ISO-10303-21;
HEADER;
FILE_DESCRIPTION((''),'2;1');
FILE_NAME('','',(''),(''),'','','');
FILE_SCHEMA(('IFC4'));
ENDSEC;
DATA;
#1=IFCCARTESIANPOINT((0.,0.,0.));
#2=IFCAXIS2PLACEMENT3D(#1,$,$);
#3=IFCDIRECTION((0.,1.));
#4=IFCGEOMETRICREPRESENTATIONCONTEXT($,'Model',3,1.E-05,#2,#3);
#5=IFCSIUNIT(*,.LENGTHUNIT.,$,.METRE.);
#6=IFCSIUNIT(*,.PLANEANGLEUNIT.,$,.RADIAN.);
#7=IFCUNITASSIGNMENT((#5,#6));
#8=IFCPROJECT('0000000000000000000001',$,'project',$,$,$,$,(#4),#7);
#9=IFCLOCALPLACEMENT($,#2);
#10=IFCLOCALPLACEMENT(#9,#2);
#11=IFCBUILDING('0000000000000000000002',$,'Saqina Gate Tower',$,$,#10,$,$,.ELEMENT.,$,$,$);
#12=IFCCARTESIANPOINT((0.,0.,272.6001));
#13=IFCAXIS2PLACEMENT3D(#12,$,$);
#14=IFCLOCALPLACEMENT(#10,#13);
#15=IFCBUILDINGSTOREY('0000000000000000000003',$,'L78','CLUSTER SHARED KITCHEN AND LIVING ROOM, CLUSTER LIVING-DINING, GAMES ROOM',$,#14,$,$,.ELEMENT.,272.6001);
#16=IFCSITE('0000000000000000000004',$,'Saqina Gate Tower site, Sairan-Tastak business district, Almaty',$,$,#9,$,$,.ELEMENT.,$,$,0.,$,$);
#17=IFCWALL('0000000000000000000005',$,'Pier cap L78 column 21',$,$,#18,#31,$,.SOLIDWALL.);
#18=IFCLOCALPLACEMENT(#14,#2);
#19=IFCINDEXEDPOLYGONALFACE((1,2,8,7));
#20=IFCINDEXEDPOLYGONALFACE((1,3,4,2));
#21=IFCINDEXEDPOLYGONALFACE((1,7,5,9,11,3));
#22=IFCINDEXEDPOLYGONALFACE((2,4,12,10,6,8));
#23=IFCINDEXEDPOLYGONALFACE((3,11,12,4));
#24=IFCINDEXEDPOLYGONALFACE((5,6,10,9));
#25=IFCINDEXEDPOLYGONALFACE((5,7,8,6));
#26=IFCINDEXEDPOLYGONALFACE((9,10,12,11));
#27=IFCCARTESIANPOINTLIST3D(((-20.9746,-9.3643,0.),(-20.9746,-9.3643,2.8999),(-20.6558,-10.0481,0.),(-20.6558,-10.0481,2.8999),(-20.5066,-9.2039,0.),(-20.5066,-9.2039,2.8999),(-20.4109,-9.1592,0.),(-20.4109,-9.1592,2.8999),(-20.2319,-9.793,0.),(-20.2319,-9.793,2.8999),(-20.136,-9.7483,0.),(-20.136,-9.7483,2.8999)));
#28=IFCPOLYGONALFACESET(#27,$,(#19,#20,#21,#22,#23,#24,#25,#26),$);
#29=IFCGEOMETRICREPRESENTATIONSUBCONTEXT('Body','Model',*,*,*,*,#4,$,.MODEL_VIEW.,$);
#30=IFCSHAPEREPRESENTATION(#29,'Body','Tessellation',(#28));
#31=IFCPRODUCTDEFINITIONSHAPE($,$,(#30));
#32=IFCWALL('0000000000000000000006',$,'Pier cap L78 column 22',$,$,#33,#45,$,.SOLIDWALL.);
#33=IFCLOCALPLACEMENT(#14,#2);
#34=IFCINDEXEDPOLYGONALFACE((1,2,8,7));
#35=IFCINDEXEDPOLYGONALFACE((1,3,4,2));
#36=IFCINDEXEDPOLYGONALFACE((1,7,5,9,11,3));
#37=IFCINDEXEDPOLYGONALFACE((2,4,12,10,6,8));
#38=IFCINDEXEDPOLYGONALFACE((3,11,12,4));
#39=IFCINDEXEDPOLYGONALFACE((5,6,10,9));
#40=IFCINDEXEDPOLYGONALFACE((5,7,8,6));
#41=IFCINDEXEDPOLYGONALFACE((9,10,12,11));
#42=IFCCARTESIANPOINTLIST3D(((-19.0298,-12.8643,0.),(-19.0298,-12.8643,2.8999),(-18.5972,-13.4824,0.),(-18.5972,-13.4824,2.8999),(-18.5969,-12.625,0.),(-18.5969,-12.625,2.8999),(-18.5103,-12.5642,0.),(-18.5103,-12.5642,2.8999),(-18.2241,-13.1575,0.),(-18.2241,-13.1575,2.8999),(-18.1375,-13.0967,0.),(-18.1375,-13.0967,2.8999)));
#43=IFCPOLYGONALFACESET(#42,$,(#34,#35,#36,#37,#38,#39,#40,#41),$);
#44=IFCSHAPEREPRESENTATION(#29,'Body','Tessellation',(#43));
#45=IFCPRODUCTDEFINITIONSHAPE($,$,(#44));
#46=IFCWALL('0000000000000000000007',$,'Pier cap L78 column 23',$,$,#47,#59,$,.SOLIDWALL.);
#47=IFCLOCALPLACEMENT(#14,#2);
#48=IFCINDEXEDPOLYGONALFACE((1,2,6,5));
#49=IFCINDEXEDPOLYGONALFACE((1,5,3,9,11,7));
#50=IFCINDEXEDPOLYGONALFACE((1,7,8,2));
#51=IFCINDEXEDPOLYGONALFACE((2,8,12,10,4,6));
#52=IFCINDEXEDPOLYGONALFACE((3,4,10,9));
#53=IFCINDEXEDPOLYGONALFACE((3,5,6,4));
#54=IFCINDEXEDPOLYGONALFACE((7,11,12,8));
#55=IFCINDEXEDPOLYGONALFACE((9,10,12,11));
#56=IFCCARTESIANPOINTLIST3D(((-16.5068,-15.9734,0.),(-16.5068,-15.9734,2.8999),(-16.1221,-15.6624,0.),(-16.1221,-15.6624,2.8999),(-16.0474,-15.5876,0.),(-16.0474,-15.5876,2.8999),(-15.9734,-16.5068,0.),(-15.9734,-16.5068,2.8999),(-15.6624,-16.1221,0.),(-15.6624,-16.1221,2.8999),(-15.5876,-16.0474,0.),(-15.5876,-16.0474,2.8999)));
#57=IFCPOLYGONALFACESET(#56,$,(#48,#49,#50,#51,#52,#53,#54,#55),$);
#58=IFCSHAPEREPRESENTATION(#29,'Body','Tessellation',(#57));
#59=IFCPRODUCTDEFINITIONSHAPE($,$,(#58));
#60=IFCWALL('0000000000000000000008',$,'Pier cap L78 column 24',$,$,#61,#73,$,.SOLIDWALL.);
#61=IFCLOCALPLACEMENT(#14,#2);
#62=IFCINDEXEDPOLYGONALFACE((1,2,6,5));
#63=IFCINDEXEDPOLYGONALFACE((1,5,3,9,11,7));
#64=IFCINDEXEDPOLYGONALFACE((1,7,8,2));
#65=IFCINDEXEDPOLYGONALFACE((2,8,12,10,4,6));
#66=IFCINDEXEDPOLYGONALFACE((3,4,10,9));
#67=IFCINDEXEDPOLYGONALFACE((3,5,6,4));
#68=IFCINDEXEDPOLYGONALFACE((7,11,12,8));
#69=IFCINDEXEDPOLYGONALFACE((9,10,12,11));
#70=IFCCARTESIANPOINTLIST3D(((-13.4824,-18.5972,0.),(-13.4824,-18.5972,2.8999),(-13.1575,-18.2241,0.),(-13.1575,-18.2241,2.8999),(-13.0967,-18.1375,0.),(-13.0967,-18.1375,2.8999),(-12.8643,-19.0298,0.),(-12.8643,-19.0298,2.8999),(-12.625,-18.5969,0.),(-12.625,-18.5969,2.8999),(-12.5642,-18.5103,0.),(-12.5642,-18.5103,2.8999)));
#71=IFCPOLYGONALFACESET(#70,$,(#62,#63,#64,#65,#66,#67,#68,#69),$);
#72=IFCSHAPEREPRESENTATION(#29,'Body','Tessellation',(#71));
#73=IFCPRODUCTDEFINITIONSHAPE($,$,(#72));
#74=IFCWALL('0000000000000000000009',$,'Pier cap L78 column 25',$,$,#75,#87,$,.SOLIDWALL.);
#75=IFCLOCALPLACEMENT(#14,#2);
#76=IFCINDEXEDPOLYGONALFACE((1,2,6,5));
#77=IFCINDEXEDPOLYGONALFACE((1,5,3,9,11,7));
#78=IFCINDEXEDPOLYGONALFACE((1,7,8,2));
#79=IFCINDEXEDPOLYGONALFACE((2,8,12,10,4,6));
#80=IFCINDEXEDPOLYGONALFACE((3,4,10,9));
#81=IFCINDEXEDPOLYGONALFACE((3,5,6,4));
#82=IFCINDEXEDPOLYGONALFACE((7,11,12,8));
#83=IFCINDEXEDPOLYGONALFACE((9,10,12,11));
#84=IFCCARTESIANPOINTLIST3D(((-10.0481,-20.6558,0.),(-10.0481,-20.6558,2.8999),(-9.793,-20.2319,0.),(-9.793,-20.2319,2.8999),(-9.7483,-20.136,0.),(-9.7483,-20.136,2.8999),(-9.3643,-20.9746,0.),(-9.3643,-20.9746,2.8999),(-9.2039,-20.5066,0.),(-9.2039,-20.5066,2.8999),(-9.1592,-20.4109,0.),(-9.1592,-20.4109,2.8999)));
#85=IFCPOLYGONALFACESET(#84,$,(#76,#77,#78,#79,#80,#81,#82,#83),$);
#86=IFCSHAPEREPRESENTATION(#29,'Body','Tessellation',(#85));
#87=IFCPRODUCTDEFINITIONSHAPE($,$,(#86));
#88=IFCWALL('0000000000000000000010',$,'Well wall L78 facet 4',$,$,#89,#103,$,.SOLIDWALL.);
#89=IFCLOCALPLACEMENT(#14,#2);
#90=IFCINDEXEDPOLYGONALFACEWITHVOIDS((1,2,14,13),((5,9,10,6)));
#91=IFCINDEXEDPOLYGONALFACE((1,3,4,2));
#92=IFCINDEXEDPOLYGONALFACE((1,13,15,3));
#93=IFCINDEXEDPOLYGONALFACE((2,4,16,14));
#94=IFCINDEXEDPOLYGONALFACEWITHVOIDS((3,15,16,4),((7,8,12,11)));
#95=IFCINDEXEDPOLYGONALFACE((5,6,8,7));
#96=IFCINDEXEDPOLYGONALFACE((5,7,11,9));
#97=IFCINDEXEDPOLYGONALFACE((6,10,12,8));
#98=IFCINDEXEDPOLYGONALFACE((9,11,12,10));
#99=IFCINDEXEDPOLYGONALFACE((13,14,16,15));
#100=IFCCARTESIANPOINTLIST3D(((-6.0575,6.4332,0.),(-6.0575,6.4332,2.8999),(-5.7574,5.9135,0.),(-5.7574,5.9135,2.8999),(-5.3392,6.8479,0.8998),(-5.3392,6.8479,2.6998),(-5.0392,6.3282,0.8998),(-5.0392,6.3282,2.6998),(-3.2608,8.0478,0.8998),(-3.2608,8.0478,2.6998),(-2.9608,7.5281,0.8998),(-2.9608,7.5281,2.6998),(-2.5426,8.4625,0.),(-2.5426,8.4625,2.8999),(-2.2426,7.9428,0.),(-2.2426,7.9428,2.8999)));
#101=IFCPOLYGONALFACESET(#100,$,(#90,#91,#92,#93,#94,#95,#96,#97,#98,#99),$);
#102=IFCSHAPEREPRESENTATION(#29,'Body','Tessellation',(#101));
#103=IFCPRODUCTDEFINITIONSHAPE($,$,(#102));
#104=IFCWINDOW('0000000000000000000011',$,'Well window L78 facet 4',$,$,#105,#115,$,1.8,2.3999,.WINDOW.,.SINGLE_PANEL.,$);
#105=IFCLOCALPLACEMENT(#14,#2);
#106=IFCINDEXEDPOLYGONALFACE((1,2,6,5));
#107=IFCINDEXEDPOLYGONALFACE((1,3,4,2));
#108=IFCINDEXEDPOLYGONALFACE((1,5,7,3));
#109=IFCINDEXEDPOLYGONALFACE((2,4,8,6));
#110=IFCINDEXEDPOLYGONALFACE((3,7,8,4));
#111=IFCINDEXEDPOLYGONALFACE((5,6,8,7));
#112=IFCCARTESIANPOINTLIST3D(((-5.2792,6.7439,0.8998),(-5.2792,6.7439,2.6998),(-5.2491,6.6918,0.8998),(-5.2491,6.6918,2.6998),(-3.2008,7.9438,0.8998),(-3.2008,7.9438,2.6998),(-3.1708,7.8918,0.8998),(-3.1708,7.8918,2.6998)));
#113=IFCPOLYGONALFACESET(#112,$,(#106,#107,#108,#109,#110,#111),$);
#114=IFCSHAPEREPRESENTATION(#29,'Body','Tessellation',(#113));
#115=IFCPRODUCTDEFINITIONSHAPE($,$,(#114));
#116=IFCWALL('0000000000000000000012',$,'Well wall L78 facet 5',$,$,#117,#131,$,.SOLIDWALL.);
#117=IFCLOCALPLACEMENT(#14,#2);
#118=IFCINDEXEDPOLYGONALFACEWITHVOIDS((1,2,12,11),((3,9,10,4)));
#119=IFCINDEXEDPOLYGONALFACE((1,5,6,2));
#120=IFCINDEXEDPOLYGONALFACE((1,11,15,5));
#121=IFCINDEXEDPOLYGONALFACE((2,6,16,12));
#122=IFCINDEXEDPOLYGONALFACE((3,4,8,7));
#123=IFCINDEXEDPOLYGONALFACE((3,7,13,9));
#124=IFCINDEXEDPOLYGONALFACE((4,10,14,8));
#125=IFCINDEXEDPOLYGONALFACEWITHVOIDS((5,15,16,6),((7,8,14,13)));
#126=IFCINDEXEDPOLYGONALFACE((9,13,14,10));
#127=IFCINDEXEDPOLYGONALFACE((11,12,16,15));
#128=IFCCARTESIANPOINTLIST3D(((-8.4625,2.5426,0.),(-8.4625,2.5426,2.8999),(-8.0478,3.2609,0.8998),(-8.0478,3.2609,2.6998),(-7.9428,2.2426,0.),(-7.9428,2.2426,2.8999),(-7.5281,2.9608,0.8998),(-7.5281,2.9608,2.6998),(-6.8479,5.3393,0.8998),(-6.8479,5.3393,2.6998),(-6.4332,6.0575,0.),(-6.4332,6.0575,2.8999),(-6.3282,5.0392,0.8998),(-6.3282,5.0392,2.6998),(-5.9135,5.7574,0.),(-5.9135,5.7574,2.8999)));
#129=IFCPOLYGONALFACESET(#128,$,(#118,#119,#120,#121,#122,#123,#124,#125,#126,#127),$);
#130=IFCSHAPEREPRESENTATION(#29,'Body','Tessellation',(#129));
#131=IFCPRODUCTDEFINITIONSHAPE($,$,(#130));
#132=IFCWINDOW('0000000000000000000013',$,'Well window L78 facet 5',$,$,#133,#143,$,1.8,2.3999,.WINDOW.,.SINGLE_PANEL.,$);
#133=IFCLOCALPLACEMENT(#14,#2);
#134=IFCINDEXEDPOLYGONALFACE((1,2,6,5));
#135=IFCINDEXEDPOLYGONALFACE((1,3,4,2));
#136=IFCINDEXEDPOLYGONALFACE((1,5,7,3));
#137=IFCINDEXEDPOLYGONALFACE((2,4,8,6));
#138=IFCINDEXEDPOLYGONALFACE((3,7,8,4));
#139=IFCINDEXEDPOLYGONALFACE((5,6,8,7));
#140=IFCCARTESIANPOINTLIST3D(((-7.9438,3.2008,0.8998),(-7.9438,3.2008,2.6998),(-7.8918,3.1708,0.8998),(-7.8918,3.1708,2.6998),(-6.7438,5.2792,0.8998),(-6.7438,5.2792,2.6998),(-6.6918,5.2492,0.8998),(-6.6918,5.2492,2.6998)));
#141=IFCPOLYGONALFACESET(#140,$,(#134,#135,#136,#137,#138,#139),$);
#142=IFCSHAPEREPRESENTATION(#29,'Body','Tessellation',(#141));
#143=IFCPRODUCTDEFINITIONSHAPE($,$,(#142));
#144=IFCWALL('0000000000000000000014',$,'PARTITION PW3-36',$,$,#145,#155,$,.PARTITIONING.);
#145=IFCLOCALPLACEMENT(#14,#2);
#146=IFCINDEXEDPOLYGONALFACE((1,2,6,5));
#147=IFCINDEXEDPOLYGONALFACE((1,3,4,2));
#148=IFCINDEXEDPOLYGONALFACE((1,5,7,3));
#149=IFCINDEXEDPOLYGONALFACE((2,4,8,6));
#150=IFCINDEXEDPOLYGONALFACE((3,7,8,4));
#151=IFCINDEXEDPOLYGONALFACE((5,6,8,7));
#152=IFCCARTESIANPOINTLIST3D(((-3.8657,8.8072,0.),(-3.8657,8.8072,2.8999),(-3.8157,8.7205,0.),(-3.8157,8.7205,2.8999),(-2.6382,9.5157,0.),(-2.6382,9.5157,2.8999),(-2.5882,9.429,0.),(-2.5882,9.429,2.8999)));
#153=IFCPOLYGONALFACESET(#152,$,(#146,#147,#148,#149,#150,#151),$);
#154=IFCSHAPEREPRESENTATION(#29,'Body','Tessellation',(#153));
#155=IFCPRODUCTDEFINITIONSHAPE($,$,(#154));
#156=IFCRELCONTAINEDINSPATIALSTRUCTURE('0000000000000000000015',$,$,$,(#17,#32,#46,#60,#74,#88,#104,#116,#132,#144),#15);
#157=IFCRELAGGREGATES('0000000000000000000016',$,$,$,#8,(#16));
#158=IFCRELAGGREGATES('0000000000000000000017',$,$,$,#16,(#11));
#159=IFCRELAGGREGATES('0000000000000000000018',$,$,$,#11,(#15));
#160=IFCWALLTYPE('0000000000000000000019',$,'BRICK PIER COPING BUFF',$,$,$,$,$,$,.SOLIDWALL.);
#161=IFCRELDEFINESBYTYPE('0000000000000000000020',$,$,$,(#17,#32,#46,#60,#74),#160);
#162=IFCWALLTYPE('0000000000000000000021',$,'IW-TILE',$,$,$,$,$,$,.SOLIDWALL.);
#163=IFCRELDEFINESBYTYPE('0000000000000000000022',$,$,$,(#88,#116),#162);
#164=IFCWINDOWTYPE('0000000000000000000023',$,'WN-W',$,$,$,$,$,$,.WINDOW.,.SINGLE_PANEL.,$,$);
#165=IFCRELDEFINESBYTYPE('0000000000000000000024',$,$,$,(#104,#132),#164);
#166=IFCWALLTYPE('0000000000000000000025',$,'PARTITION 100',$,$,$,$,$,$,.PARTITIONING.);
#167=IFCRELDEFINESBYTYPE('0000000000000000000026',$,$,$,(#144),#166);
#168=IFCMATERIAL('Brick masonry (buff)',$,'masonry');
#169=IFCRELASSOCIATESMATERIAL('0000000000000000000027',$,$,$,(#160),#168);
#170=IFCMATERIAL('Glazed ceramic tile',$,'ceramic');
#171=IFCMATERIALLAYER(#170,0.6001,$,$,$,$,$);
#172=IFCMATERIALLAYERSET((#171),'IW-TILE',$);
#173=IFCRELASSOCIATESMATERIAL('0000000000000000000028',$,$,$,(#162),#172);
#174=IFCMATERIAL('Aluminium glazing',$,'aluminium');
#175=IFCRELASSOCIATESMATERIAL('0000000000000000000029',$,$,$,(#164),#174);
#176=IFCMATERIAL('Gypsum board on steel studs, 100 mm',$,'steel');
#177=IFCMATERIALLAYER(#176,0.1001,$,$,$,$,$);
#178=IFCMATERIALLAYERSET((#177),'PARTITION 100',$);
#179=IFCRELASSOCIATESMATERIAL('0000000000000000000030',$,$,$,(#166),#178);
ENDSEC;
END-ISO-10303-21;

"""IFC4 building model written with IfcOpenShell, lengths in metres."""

from ifc_helpers import new_model, si_unit, direction, frame, frame_2d, origin, place, context, subcontext, project, spatial, polyline, rectangle, outline, extrude, material, layer, layer_set, type_object, element, fill, save


model = new_model("IFC4")

# Units and contexts
model_context = context("Model", 3, precision=1e-05, world=origin(), true_north=direction((0.0, 1.0)))
body_context = subcontext(model_context, "Body", "Model", "MODEL_VIEW")
ifc_project = project(units=[si_unit("LENGTHUNIT", "METRE"), si_unit("PLANEANGLEUNIT", "RADIAN")], contexts=[model_context])

# Site, building, storey
site_placement = place(None, origin())
site = spatial("IfcSite", under=ifc_project, at=site_placement, Name="Saqina Gate Tower site, Sairan-Tastak business district, Almaty", CompositionType="ELEMENT", RefElevation=0.0)
building_placement = place(site_placement, origin())
building = spatial("IfcBuilding", under=site, at=building_placement, Name="Saqina Gate Tower", CompositionType="ELEMENT")
storey_placement = place(building_placement, frame((0.0, 0.0, 272.6001)))
storey = spatial("IfcBuildingStorey", under=building, at=storey_placement, Name="L78", Description="CLUSTER SHARED KITCHEN AND LIVING ROOM, CLUSTER LIVING-DINING, GAMES ROOM", CompositionType="ELEMENT", Elevation=272.6001)

# Walls
ifc_material_1 = material(Name="Brick masonry (buff)", Category="masonry")
wall_type_1 = type_object("IfcWallType", Name="BRICK PIER COPING BUFF", PredefinedType="SOLIDWALL", material=ifc_material_1)
wall_1_placement = place(storey_placement, origin())
element("IfcWall", 1, at=wall_1_placement, inside=storey, type_object=wall_type_1, Name="Pier cap L78 column 21", PredefinedType="SOLIDWALL", context=body_context, shape_type="SweptSolid", body=[
    extrude(outline(polyline([(-20.9746, -9.3643), (-20.6558, -10.0481), (-20.136, -9.7483), (-20.2319, -9.793), (-20.5066, -9.2039), (-20.4109, -9.1592), (-20.9746, -9.3643)])), origin(), (0.0, 0.0, 1.0), 2.8999),
])
wall_2_placement = place(storey_placement, origin())
element("IfcWall", 2, at=wall_2_placement, inside=storey, type_object=wall_type_1, Name="Pier cap L78 column 22", PredefinedType="SOLIDWALL", context=body_context, shape_type="SweptSolid", body=[
    extrude(outline(polyline([(-19.0298, -12.8643), (-18.5972, -13.4824), (-18.1375, -13.0967), (-18.2241, -13.1575), (-18.5969, -12.625), (-18.5103, -12.5642), (-19.0298, -12.8643)])), origin(), (0.0, 0.0, 1.0), 2.8999),
])
wall_3_placement = place(storey_placement, origin())
element("IfcWall", 3, at=wall_3_placement, inside=storey, type_object=wall_type_1, Name="Pier cap L78 column 23", PredefinedType="SOLIDWALL", context=body_context, shape_type="SweptSolid", body=[
    extrude(outline(polyline([(-15.9734, -16.5068), (-15.5876, -16.0474), (-15.6624, -16.1221), (-16.1221, -15.6624), (-16.0474, -15.5876), (-16.5068, -15.9734), (-15.9734, -16.5068)])), origin(), (0.0, 0.0, 1.0), 2.8999),
])
wall_4_placement = place(storey_placement, origin())
element("IfcWall", 4, at=wall_4_placement, inside=storey, type_object=wall_type_1, Name="Pier cap L78 column 24", PredefinedType="SOLIDWALL", context=body_context, shape_type="SweptSolid", body=[
    extrude(outline(polyline([(-12.8643, -19.0298), (-12.5642, -18.5103), (-12.625, -18.5969), (-13.1575, -18.2241), (-13.0967, -18.1375), (-13.4824, -18.5972), (-12.8643, -19.0298)])), origin(), (0.0, 0.0, 1.0), 2.8999),
])
wall_5_placement = place(storey_placement, origin())
element("IfcWall", 5, at=wall_5_placement, inside=storey, type_object=wall_type_1, Name="Pier cap L78 column 25", PredefinedType="SOLIDWALL", context=body_context, shape_type="SweptSolid", body=[
    extrude(outline(polyline([(-10.0481, -20.6558), (-9.3643, -20.9746), (-9.1592, -20.4109), (-9.2039, -20.5066), (-9.793, -20.2319), (-9.7483, -20.136), (-10.0481, -20.6558)])), origin(), (0.0, 0.0, 1.0), 2.8999),
])

# Walls, openings, windows
ifc_material_2 = material(Name="Glazed ceramic tile", Category="ceramic")
ifc_layer_1 = layer(ifc_material_2, 0.6001)
ifc_layer_set_1 = layer_set([ifc_layer_1], Name="IW-TILE")
wall_type_2 = type_object("IfcWallType", Name="IW-TILE", PredefinedType="SOLIDWALL", material=ifc_layer_set_1)
wall_6_placement = place(storey_placement, frame((-2.3926, 8.2026, 0.0), z_axis=(0.0, 0.0, 1.0), x_axis=(-0.866028, -0.499995, 0.0)))
wall_6 = element("IfcWall", 6, at=wall_6_placement, inside=storey, type_object=wall_type_2, Name="Well wall L78 facet 4", PredefinedType="SOLIDWALL", context=body_context, shape_type="SweptSolid", body=[
    extrude(rectangle(XDim=4.0586, YDim=0.6001, at=frame_2d((2.0293, 0.0))), origin(), (0.0, 0.0, 1.0), 2.8999),
])
opening_1_placement = place(wall_6_placement, frame((0.8293, 0.0, 0.8999)))
opening_1 = element("IfcOpeningElement", 7, at=opening_1_placement, cuts=wall_6, PredefinedType="OPENING", context=body_context, shape_type="SweptSolid", body=[
    extrude(rectangle(XDim=2.3999, YDim=1.8, at=frame_2d((1.2, 0.8999))), frame((0.0, 0.312, 0.0), z_axis=(0.0, -1.0, 0.0), x_axis=(1.0, 0.0, 0.0)), (0.0, 0.0, 1.0), 0.624),
])
ifc_material_3 = material(Name="Aluminium glazing", Category="aluminium")
window_type = type_object("IfcWindowType", Name="WN-W", PartitioningType="SINGLE_PANEL", PredefinedType="WINDOW", material=ifc_material_3)
window_1_placement = place(opening_1_placement, origin())
window_1 = element("IfcWindow", 8, at=window_1_placement, inside=storey, type_object=window_type, Name="Well window L78 facet 4", OverallHeight=1.8, OverallWidth=2.3999, PartitioningType="SINGLE_PANEL", PredefinedType="WINDOW", context=body_context, shape_type="SweptSolid", body=[
    extrude(rectangle(XDim=2.3999, YDim=1.8, at=frame_2d((1.2, 0.8999))), frame((0.0, -0.1199, 0.0), z_axis=(0.0, -1.0, 0.0), x_axis=(1.0, 0.0, 0.0)), (0.0, 0.0, 1.0), 0.0601),
])
fill(opening_1, window_1)
wall_7_placement = place(storey_placement, frame((-6.1733, 5.9075, 0.0), z_axis=(0.0, 0.0, 1.0), x_axis=(-0.499995, -0.866028, 0.0)))
wall_7 = element("IfcWall", 9, at=wall_7_placement, inside=storey, type_object=wall_type_2, Name="Well wall L78 facet 5", PredefinedType="SOLIDWALL", context=body_context, shape_type="SweptSolid", body=[
    extrude(rectangle(XDim=4.0586, YDim=0.6001, at=frame_2d((2.0293, 0.0))), origin(), (0.0, 0.0, 1.0), 2.8999),
])
opening_2_placement = place(wall_7_placement, frame((0.8293, 0.0, 0.8999)))
opening_2 = element("IfcOpeningElement", 10, at=opening_2_placement, cuts=wall_7, PredefinedType="OPENING", context=body_context, shape_type="SweptSolid", body=[
    extrude(rectangle(XDim=2.3999, YDim=1.8, at=frame_2d((1.2, 0.8999))), frame((0.0, 0.312, 0.0), z_axis=(0.0, -1.0, 0.0), x_axis=(1.0, 0.0, 0.0)), (0.0, 0.0, 1.0), 0.624),
])
window_2_placement = place(opening_2_placement, origin())
window_2 = element("IfcWindow", 11, at=window_2_placement, inside=storey, type_object=window_type, Name="Well window L78 facet 5", OverallHeight=1.8, OverallWidth=2.3999, PartitioningType="SINGLE_PANEL", PredefinedType="WINDOW", context=body_context, shape_type="SweptSolid", body=[
    extrude(rectangle(XDim=2.3999, YDim=1.8, at=frame_2d((1.2, 0.8999))), frame((0.0, -0.1199, 0.0), z_axis=(0.0, -1.0, 0.0), x_axis=(1.0, 0.0, 0.0)), (0.0, 0.0, 1.0), 0.0601),
])
fill(opening_2, window_2)

# Wall
ifc_material_4 = material(Name="Gypsum board on steel studs, 100 mm", Category="steel")
ifc_layer_2 = layer(ifc_material_4, 0.1001)
ifc_layer_set_2 = layer_set([ifc_layer_2], Name="PARTITION 100")
wall_type_3 = type_object("IfcWallType", Name="PARTITION 100", PredefinedType="PARTITIONING", material=ifc_layer_set_2)
wall_8_placement = place(storey_placement, frame((-3.8406, 8.7639, 0.0), z_axis=(0.0, 0.0, 1.0), x_axis=(0.866094, 0.499882, 0.0)))
element("IfcWall", 12, at=wall_8_placement, inside=storey, type_object=wall_type_3, Name="PARTITION PW3-36", PredefinedType="PARTITIONING", context=body_context, shape_type="SweptSolid", body=[
    extrude(rectangle(XDim=1.4172, YDim=0.1001, at=frame_2d((0.7085, 0.0))), origin(), (0.0, 0.0, 1.0), 2.8999),
])

save(model, "model.ifc")
